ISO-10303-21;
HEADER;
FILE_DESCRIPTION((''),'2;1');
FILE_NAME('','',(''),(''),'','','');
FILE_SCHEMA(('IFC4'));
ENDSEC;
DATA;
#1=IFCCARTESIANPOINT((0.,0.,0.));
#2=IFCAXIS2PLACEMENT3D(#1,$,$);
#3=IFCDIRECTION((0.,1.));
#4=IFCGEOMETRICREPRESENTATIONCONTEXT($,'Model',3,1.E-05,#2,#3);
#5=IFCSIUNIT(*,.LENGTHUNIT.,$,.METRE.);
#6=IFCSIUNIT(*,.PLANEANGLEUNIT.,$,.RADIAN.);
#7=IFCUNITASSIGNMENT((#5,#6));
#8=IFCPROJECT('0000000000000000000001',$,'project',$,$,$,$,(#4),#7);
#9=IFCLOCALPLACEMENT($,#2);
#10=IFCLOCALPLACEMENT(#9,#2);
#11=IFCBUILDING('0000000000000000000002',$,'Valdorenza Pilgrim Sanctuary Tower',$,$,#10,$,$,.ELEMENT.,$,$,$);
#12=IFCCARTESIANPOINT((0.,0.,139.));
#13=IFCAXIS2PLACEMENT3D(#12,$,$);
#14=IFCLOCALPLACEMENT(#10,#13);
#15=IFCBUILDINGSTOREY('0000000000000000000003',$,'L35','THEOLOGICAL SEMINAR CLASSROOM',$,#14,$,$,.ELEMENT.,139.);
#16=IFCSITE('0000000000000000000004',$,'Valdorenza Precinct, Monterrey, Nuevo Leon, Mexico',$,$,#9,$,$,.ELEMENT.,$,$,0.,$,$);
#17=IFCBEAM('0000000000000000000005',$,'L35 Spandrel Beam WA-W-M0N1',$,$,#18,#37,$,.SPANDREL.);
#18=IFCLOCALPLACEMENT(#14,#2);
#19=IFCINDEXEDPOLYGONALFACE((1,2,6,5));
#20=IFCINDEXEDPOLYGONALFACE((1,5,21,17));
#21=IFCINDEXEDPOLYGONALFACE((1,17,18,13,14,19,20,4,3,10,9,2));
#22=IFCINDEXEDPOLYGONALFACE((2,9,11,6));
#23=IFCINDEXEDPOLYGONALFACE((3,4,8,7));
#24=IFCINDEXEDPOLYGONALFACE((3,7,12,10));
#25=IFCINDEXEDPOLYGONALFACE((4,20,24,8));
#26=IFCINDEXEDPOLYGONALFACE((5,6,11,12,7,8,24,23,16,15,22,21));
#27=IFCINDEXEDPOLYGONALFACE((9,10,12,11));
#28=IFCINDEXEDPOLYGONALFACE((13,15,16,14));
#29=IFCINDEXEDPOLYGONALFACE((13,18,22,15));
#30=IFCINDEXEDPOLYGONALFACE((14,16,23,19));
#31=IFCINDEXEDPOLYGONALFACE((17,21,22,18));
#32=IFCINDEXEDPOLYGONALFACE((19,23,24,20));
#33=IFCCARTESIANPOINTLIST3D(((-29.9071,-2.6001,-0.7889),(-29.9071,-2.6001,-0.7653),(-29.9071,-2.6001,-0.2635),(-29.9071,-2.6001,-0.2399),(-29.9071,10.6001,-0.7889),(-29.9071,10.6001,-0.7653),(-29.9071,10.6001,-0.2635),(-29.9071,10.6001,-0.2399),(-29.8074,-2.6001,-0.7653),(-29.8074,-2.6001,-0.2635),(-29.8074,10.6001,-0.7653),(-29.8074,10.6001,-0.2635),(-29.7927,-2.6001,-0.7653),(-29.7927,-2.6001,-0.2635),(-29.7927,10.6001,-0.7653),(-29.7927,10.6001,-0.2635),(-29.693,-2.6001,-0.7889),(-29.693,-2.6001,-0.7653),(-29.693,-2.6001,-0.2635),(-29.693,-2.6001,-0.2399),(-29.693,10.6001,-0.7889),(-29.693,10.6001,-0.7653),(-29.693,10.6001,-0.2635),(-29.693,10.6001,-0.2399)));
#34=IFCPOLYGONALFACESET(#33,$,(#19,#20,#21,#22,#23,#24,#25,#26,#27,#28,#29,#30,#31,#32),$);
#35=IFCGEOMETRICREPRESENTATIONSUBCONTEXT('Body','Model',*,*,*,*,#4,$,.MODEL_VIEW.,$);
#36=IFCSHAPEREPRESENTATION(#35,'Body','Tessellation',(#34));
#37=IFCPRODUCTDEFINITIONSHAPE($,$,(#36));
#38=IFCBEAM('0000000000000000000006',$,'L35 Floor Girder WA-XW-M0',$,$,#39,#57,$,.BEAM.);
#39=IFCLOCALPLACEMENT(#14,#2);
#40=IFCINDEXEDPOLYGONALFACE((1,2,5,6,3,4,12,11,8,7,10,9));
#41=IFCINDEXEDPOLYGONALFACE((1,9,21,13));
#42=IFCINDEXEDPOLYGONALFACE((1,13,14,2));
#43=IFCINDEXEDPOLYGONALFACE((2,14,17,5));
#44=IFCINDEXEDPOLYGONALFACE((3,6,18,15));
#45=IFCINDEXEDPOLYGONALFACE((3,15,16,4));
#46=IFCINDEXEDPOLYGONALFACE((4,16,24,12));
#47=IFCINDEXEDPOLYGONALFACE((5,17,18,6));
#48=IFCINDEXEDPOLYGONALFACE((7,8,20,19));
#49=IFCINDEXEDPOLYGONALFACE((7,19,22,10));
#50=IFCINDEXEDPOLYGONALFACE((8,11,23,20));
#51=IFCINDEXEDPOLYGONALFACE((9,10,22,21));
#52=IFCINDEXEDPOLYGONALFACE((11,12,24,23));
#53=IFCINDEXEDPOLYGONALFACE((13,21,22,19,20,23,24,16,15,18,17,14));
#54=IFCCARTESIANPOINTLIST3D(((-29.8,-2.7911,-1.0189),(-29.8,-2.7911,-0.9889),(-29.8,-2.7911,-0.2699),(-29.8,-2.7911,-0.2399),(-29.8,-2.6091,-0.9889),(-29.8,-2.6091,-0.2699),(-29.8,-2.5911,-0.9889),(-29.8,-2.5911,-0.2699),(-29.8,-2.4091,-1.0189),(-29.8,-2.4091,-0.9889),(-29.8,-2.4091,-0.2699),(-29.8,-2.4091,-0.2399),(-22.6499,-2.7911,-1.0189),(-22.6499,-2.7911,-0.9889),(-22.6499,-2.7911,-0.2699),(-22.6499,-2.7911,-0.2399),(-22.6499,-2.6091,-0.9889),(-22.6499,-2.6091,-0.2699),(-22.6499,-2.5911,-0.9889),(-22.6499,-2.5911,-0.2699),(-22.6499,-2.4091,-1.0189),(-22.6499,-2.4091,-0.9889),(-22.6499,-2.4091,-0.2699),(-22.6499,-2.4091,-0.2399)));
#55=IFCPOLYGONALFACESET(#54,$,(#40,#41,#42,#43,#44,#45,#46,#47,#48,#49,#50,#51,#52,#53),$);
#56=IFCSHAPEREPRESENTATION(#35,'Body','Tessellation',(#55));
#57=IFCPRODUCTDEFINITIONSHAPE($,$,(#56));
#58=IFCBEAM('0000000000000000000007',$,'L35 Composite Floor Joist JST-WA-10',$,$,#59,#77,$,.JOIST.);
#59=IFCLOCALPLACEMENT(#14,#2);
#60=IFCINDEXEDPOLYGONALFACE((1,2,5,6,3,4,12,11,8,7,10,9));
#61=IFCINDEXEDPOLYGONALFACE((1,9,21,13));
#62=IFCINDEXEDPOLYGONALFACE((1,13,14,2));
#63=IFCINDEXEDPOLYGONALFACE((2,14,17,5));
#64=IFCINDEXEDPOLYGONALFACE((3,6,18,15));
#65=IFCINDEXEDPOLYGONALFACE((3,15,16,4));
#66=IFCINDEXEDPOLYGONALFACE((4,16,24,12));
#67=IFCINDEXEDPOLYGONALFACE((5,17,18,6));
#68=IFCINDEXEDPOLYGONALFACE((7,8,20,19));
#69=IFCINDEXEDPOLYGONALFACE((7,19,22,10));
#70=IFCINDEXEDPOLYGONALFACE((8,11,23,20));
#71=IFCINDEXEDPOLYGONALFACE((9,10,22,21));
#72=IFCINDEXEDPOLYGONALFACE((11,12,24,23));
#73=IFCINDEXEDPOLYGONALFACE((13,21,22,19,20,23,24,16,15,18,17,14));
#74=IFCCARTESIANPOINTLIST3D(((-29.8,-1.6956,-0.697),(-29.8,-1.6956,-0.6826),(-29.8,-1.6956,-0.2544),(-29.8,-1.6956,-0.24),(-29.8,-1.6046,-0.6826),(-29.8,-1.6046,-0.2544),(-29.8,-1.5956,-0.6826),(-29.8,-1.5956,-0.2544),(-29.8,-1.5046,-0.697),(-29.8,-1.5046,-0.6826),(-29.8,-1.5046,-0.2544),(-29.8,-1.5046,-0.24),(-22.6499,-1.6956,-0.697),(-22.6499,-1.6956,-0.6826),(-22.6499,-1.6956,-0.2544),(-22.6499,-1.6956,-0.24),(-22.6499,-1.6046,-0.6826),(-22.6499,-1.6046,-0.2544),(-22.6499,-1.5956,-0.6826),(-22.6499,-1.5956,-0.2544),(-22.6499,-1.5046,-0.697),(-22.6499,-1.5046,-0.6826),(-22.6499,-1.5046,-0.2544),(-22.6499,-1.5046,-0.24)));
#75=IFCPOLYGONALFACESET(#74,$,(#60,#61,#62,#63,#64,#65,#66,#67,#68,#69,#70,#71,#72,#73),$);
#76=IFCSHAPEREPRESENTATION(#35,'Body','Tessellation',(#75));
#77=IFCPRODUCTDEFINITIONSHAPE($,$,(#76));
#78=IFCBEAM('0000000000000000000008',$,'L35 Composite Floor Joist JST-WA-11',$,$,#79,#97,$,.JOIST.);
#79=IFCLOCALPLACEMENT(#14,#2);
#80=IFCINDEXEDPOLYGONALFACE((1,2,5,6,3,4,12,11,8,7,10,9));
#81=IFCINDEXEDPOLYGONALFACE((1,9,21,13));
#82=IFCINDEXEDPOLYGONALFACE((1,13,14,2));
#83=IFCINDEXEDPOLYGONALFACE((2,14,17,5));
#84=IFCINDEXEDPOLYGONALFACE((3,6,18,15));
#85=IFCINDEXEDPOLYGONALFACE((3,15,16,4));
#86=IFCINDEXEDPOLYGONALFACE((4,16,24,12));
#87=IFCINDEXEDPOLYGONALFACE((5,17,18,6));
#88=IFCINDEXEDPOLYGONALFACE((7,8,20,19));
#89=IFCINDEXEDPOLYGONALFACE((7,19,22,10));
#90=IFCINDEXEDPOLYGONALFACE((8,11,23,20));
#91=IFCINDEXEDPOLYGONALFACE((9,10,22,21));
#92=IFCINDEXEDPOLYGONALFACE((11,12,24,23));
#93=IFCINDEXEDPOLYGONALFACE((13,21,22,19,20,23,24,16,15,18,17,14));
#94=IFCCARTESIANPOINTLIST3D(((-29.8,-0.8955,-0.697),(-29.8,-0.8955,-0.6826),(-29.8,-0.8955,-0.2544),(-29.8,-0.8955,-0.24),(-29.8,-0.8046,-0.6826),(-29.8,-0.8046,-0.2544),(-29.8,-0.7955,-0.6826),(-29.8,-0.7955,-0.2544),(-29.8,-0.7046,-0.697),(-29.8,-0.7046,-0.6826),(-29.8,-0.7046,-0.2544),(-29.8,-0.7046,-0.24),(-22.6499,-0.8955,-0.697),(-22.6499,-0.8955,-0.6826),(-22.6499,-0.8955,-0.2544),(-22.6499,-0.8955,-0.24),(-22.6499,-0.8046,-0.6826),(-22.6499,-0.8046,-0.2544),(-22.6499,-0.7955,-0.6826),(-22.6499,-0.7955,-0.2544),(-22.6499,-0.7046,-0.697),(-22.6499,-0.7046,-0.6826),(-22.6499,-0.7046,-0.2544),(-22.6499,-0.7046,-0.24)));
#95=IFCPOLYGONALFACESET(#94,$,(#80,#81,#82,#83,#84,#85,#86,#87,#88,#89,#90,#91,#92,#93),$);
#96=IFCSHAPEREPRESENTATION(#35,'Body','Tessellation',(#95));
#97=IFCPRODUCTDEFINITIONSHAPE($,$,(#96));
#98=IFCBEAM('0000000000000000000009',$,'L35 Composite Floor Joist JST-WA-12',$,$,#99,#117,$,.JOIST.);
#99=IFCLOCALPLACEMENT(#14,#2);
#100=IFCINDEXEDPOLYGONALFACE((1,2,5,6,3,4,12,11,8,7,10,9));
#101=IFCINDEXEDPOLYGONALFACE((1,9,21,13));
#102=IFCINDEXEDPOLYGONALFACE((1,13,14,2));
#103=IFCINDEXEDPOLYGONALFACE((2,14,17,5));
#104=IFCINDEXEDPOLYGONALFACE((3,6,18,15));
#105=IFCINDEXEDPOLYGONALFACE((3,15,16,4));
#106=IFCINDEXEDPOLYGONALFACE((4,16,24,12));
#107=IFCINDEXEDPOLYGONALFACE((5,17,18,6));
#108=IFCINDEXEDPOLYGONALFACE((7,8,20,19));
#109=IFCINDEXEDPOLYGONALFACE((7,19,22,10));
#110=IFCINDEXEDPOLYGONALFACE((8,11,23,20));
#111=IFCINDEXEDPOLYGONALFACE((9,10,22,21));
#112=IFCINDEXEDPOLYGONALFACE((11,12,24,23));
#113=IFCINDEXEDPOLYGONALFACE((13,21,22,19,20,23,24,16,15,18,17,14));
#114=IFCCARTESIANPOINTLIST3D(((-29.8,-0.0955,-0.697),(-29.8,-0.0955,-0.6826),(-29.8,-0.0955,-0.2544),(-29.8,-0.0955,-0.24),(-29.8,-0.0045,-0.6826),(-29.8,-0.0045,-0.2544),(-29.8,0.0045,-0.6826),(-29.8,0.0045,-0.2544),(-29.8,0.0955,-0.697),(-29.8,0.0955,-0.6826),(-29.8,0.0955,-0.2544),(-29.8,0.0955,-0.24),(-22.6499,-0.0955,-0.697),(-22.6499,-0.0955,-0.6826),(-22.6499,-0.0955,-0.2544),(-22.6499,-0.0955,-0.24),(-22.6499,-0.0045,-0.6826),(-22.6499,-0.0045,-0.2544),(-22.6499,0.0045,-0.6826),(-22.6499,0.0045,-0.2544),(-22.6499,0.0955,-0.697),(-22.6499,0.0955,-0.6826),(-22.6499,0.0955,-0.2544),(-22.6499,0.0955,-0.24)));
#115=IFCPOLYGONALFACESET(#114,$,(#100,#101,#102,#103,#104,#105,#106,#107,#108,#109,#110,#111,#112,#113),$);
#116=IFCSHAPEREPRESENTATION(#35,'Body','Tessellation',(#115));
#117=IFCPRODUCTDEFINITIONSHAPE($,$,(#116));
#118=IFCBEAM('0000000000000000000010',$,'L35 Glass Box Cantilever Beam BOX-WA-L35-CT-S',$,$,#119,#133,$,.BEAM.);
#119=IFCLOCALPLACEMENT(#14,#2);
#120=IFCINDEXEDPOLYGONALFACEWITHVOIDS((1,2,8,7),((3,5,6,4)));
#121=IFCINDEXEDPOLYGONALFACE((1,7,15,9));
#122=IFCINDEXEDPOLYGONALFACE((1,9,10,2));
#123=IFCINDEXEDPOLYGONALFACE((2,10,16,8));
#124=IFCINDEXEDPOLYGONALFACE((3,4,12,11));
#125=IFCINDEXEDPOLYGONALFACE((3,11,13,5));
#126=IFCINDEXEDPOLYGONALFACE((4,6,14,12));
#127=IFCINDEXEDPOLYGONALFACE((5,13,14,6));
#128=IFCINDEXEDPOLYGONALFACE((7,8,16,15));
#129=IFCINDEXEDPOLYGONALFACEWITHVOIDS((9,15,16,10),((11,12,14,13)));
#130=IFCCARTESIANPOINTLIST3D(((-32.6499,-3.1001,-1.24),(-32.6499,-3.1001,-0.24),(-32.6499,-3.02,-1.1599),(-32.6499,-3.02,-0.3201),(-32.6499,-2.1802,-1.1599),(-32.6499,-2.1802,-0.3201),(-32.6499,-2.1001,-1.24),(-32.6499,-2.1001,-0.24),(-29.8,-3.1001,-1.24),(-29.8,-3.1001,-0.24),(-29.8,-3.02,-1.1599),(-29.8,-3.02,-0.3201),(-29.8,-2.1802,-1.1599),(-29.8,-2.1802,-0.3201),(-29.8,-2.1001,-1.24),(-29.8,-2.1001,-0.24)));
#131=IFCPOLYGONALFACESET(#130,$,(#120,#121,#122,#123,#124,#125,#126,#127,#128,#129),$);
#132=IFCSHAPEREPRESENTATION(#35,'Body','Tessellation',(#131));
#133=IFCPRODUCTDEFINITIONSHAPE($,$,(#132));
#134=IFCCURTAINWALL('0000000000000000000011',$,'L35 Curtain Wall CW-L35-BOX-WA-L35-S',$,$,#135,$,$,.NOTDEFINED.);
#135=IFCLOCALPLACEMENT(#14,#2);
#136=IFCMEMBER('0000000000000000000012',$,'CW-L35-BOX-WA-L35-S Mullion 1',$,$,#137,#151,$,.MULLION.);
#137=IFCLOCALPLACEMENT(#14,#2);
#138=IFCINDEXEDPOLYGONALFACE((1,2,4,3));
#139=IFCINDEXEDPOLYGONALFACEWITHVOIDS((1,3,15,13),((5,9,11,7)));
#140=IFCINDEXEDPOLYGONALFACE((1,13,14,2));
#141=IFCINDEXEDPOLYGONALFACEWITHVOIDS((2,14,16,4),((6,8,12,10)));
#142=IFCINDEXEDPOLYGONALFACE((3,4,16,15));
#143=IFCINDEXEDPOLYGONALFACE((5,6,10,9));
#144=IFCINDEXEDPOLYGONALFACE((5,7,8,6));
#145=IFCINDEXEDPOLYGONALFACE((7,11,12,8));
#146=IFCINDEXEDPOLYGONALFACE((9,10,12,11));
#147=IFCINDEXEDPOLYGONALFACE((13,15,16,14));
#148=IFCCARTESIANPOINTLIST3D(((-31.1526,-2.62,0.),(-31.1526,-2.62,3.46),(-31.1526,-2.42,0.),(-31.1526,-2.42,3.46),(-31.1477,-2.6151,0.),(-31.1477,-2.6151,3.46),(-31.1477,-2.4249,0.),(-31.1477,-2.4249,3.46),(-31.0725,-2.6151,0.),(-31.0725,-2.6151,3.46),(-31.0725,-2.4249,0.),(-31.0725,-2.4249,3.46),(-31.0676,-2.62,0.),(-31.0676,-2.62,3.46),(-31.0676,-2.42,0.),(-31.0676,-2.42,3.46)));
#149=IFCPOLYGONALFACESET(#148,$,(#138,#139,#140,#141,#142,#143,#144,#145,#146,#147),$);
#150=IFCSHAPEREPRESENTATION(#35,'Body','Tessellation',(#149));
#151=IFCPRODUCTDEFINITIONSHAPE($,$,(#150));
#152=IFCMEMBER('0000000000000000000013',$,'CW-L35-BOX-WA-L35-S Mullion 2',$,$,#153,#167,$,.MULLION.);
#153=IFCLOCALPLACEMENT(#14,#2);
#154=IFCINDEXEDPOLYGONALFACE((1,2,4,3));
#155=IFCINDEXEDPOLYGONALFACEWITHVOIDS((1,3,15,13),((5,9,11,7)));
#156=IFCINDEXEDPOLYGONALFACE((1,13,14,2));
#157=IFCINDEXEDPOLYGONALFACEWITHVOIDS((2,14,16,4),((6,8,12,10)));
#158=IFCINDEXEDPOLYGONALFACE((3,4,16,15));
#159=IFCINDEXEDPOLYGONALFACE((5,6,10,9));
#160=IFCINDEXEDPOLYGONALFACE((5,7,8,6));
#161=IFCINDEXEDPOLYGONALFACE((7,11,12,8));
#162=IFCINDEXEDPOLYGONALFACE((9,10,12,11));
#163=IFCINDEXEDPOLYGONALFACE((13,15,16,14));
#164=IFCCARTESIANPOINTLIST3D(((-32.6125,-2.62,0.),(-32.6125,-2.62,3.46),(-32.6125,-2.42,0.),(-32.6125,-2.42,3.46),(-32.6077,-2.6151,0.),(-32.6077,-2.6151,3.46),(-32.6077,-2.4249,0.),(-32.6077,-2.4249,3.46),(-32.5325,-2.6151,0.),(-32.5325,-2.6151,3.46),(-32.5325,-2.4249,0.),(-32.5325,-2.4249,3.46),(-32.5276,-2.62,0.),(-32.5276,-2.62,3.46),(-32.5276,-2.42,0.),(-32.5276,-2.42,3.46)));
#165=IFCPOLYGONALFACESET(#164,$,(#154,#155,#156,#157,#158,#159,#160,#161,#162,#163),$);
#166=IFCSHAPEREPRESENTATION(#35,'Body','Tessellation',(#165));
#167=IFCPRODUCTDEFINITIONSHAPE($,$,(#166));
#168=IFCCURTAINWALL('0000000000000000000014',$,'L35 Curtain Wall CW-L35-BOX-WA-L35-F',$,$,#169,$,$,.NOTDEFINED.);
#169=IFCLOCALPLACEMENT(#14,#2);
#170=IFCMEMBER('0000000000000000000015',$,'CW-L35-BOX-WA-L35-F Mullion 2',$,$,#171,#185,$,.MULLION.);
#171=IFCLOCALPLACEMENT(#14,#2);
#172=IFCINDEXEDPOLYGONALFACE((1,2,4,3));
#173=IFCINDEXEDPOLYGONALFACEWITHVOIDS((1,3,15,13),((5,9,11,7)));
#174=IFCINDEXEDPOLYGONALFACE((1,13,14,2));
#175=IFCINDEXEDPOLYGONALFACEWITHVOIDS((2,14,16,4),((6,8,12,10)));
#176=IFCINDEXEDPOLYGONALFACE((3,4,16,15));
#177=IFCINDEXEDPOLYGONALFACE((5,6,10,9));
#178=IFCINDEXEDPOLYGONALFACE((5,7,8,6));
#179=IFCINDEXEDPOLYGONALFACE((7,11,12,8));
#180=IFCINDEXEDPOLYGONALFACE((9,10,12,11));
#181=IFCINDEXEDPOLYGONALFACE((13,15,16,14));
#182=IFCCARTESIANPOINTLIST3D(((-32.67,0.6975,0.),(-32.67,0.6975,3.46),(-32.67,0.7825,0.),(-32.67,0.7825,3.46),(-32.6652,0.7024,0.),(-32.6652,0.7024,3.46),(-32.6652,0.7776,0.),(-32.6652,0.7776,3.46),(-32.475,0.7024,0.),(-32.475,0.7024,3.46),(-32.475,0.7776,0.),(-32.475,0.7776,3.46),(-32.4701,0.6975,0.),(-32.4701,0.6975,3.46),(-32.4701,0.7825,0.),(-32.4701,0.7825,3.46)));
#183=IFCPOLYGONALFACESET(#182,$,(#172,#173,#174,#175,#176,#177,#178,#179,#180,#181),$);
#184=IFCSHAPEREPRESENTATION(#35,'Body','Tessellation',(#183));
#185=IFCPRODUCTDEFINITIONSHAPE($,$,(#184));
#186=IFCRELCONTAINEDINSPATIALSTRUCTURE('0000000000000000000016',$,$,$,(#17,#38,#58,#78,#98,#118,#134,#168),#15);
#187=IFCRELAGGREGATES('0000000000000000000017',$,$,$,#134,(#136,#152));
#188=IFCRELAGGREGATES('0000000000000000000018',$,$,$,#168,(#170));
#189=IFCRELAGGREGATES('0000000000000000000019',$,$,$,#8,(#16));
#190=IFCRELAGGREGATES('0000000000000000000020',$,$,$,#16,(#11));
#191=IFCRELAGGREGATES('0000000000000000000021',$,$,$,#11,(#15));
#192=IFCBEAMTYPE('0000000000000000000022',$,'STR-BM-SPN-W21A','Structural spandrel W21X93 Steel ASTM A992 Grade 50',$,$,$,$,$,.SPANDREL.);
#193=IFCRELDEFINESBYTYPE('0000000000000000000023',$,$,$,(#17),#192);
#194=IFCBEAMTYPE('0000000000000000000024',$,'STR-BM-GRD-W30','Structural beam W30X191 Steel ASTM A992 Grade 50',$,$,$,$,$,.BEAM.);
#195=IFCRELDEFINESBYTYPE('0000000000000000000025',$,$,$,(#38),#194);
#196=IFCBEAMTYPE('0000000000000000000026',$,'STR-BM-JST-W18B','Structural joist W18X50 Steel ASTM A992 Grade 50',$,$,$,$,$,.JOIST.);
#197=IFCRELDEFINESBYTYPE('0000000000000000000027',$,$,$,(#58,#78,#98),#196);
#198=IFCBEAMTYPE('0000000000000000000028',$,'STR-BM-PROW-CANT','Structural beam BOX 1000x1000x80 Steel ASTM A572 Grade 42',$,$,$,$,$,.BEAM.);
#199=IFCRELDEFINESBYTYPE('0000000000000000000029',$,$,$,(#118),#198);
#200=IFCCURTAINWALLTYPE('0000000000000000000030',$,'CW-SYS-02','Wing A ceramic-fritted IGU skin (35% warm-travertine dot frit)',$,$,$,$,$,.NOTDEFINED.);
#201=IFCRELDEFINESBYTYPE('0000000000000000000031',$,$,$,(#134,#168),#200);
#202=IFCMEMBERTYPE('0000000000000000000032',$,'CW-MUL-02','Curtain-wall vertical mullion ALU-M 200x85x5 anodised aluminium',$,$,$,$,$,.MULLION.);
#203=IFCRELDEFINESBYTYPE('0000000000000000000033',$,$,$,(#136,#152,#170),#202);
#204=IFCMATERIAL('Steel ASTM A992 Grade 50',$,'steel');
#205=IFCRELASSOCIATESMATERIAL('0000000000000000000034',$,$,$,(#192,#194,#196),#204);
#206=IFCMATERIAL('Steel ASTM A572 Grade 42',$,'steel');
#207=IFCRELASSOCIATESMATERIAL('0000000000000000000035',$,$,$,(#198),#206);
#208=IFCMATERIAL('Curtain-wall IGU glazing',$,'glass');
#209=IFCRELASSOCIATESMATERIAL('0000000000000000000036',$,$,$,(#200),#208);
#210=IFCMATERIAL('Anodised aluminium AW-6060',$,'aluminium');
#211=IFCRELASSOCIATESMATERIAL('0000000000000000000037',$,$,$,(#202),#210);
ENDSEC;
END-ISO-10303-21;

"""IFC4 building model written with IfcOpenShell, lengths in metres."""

from ifc_helpers import new_model, si_unit, direction, frame, origin, origin_2d, place, context, subcontext, project, spatial, hollow_rectangle, i_section, extrude, source, transform, mapped, material, material_profile, profile_set, type_object, element, aggregate, save


model = new_model("IFC4")

# Units and contexts
model_context = context("Model", 3, precision=1e-05, world=origin(), true_north=direction((0.0, 1.0)))
body_context = subcontext(model_context, "Body", "Model", "MODEL_VIEW")
ifc_project = project(units=[si_unit("LENGTHUNIT", "METRE"), si_unit("PLANEANGLEUNIT", "RADIAN")], contexts=[model_context])

# Site, building, storey
site_placement = place(None, origin())
site = spatial("IfcSite", under=ifc_project, at=site_placement, Name="Valdorenza Precinct, Monterrey, Nuevo Leon, Mexico", CompositionType="ELEMENT", RefElevation=0.0)
building_placement = place(site_placement, origin())
building = spatial("IfcBuilding", under=site, at=building_placement, Name="Valdorenza Pilgrim Sanctuary Tower", CompositionType="ELEMENT")
storey_placement = place(building_placement, frame((0.0, 0.0, 139.0)))
storey = spatial("IfcBuildingStorey", under=building, at=storey_placement, Name="L35", Description="THEOLOGICAL SEMINAR CLASSROOM", CompositionType="ELEMENT", Elevation=139.0)

# Beams
ifc_material_1 = material(Name="Steel ASTM A992 Grade 50", Category="steel")
ifc_material_profile_1 = material_profile(ifc_material_1, i_section(OverallWidth=0.2141, OverallDepth=0.5491, WebThickness=0.0146, FlangeThickness=0.0237, at=origin_2d()), Name="W21X93")
ifc_profile_set_1 = profile_set([ifc_material_profile_1], Name="Steel ASTM A992 Grade 50")
beam_type_1 = type_object("IfcBeamType", Name="STR-BM-SPN-W21A", Description="Structural spandrel W21X93 Steel ASTM A992 Grade 50", PredefinedType="SPANDREL", material=ifc_profile_set_1)
shared_shape_1 = source(origin(), body_context, "Body", "SweptSolid", [
    extrude(i_section(OverallWidth=0.2141, OverallDepth=0.5491, WebThickness=0.0146, FlangeThickness=0.0237, at=origin_2d()), origin(), (0.0, 0.0, 1.0), 13.2002),
])
beam_1_placement = place(storey_placement, frame((-29.8, -2.6001, -0.5144), z_axis=(0.0, 1.0, 0.0), x_axis=(-1.0, 0.0, 0.0)))
element("IfcBeam", 1, at=beam_1_placement, inside=storey, type_object=beam_type_1, Name="L35 Spandrel Beam WA-W-M0N1", PredefinedType="SPANDREL", context=body_context, shape_type="MappedRepresentation", body=[
    mapped(shared_shape_1, transform((0.0, 0.0, 0.0), x_axis=(1.0, 0.0, 0.0), y_axis=(0.0, 1.0, 0.0), z_axis=(0.0, 0.0, 1.0), scale=1.0)),
])
ifc_material_profile_2 = material_profile(ifc_material_1, i_section(OverallWidth=0.3821, OverallDepth=0.7791, WebThickness=0.0181, FlangeThickness=0.03, at=origin_2d()), Name="W30X191")
ifc_profile_set_2 = profile_set([ifc_material_profile_2], Name="Steel ASTM A992 Grade 50")
beam_type_2 = type_object("IfcBeamType", Name="STR-BM-GRD-W30", Description="Structural beam W30X191 Steel ASTM A992 Grade 50", PredefinedType="BEAM", material=ifc_profile_set_2)
shared_shape_2 = source(origin(), body_context, "Body", "SweptSolid", [
    extrude(i_section(OverallWidth=0.3821, OverallDepth=0.7791, WebThickness=0.0181, FlangeThickness=0.03, at=origin_2d()), origin(), (0.0, 0.0, 1.0), 7.1501),
])
beam_2_placement = place(storey_placement, frame((-29.8, -2.6001, -0.6294), z_axis=(1.0, 0.0, 0.0), x_axis=(0.0, 1.0, 0.0)))
element("IfcBeam", 2, at=beam_2_placement, inside=storey, type_object=beam_type_2, Name="L35 Floor Girder WA-XW-M0", PredefinedType="BEAM", context=body_context, shape_type="MappedRepresentation", body=[
    mapped(shared_shape_2, transform((0.0, 0.0, 0.0), x_axis=(1.0, 0.0, 0.0), y_axis=(0.0, 1.0, 0.0), z_axis=(0.0, 0.0, 1.0), scale=1.0)),
])
ifc_material_profile_3 = material_profile(ifc_material_1, i_section(OverallWidth=0.1909, OverallDepth=0.457, WebThickness=0.009, FlangeThickness=0.0144, at=origin_2d()), Name="W18X50")
ifc_profile_set_3 = profile_set([ifc_material_profile_3], Name="Steel ASTM A992 Grade 50")
beam_type_3 = type_object("IfcBeamType", Name="STR-BM-JST-W18B", Description="Structural joist W18X50 Steel ASTM A992 Grade 50", PredefinedType="JOIST", material=ifc_profile_set_3)
shared_shape_3 = source(origin(), body_context, "Body", "SweptSolid", [
    extrude(i_section(OverallWidth=0.1909, OverallDepth=0.457, WebThickness=0.009, FlangeThickness=0.0144, at=origin_2d()), origin(), (0.0, 0.0, 1.0), 7.1501),
])
for number, where, z_axis, x_axis, name in (
    (3, (-29.8, -1.6001, -0.4685), (1.0, 0.0, 0.0), (0.0, 1.0, 0.0), "L35 Composite Floor Joist JST-WA-10"),
    (4, (-29.8, -0.8, -0.4685), (1.0, 0.0, 0.0), (0.0, 1.0, 0.0), "L35 Composite Floor Joist JST-WA-11"),
    (5, (-29.8, 0.0, -0.4685), (1.0, 0.0, 0.0), (0.0, 1.0, 0.0), "L35 Composite Floor Joist JST-WA-12"),
):
    element("IfcBeam", number, at=place(storey_placement, frame(where, z_axis=z_axis, x_axis=x_axis)), inside=storey, type_object=beam_type_3, Name=name, PredefinedType="JOIST", context=body_context, shape_type="MappedRepresentation", body=[
        mapped(shared_shape_3, transform((0.0, 0.0, 0.0), x_axis=(1.0, 0.0, 0.0), y_axis=(0.0, 1.0, 0.0), z_axis=(0.0, 0.0, 1.0), scale=1.0)),
    ])
ifc_material_2 = material(Name="Steel ASTM A572 Grade 42", Category="steel")
ifc_material_profile_4 = material_profile(ifc_material_2, hollow_rectangle(XDim=1.0, YDim=1.0, WallThickness=0.0801, at=origin_2d()), Name="BOX 1000x1000x80")
ifc_profile_set_4 = profile_set([ifc_material_profile_4], Name="Steel ASTM A572 Grade 42")
beam_type_4 = type_object("IfcBeamType", Name="STR-BM-PROW-CANT", Description="Structural beam BOX 1000x1000x80 Steel ASTM A572 Grade 42", PredefinedType="BEAM", material=ifc_profile_set_4)
shared_shape_4 = source(origin(), body_context, "Body", "SweptSolid", [
    extrude(hollow_rectangle(XDim=1.0, YDim=1.0, WallThickness=0.0801, at=origin_2d()), origin(), (0.0, 0.0, 1.0), 2.8499),
])
beam_3_placement = place(storey_placement, frame((-29.8, -2.6001, -0.74), z_axis=(-1.0, 0.0, 0.0), x_axis=(0.0, -1.0, 0.0)))
element("IfcBeam", 6, at=beam_3_placement, inside=storey, type_object=beam_type_4, Name="L35 Glass Box Cantilever Beam BOX-WA-L35-CT-S", PredefinedType="BEAM", context=body_context, shape_type="MappedRepresentation", body=[
    mapped(shared_shape_4, transform((0.0, 0.0, 0.0), x_axis=(1.0, 0.0, 0.0), y_axis=(0.0, 1.0, 0.0), z_axis=(0.0, 0.0, 1.0), scale=1.0)),
])

# Curtain wall, members
ifc_material_3 = material(Name="Curtain-wall IGU glazing", Category="glass")
curtain_wall_type = type_object("IfcCurtainWallType", Name="CW-SYS-02", Description="Wing A ceramic-fritted IGU skin (35% warm-travertine dot frit)", PredefinedType="NOTDEFINED", material=ifc_material_3)
curtain_wall_1_placement = place(storey_placement, origin())
curtain_wall_1 = element("IfcCurtainWall", 7, at=curtain_wall_1_placement, inside=storey, type_object=curtain_wall_type, Name="L35 Curtain Wall CW-L35-BOX-WA-L35-S", PredefinedType="NOTDEFINED")
ifc_material_4 = material(Name="Anodised aluminium AW-6060", Category="aluminium")
ifc_material_profile_5 = material_profile(ifc_material_4, hollow_rectangle(XDim=0.085, YDim=0.2, WallThickness=0.0049, at=origin_2d()), Name="ALU-M 200x85x5")
ifc_profile_set_5 = profile_set([ifc_material_profile_5], Name="Anodised aluminium AW-6060")
member_type_1 = type_object("IfcMemberType", Name="CW-MUL-02", Description="Curtain-wall vertical mullion ALU-M 200x85x5 anodised aluminium", PredefinedType="MULLION", material=ifc_profile_set_5)
shared_shape_5 = source(origin(), body_context, "Body", "SweptSolid", [
    extrude(hollow_rectangle(XDim=0.085, YDim=0.2, WallThickness=0.0049, at=origin_2d()), origin(), (0.0, 0.0, 1.0), 3.46),
])
member_1_placement = place(storey_placement, frame((-31.1101, -2.52, 0.0), z_axis=(0.0, 0.0, 1.0), x_axis=(-1.0, 0.0, 0.0)))
member_1 = element("IfcMember", 8, at=member_1_placement, type_object=member_type_1, Name="CW-L35-BOX-WA-L35-S Mullion 1", PredefinedType="MULLION", context=body_context, shape_type="MappedRepresentation", body=[
    mapped(shared_shape_5, transform((0.0, 0.0, 0.0), x_axis=(1.0, 0.0, 0.0), y_axis=(0.0, 1.0, 0.0), z_axis=(0.0, 0.0, 1.0), scale=1.0)),
])
member_2_placement = place(storey_placement, frame((-32.5701, -2.52, 0.0), z_axis=(0.0, 0.0, 1.0), x_axis=(-1.0, 0.0, 0.0)))
member_2 = element("IfcMember", 9, at=member_2_placement, type_object=member_type_1, Name="CW-L35-BOX-WA-L35-S Mullion 2", PredefinedType="MULLION", context=body_context, shape_type="MappedRepresentation", body=[
    mapped(shared_shape_5, transform((0.0, 0.0, 0.0), x_axis=(1.0, 0.0, 0.0), y_axis=(0.0, 1.0, 0.0), z_axis=(0.0, 0.0, 1.0), scale=1.0)),
])

# Curtain wall, member
curtain_wall_2_placement = place(storey_placement, origin())
curtain_wall_2 = element("IfcCurtainWall", 10, at=curtain_wall_2_placement, inside=storey, type_object=curtain_wall_type, Name="L35 Curtain Wall CW-L35-BOX-WA-L35-F", PredefinedType="NOTDEFINED")
member_3_placement = place(storey_placement, frame((-32.5701, 0.74, 0.0), z_axis=(0.0, 0.0, 1.0), x_axis=(0.0, 1.0, 0.0)))
member_3 = element("IfcMember", 11, at=member_3_placement, type_object=member_type_1, Name="CW-L35-BOX-WA-L35-F Mullion 2", PredefinedType="MULLION", context=body_context, shape_type="MappedRepresentation", body=[
    mapped(shared_shape_5, transform((0.0, 0.0, 0.0), x_axis=(1.0, 0.0, 0.0), y_axis=(0.0, 1.0, 0.0), z_axis=(0.0, 0.0, 1.0), scale=1.0)),
])

aggregate(curtain_wall_1, [member_1, member_2])
aggregate(curtain_wall_2, [member_3])

save(model, "model.ifc")
